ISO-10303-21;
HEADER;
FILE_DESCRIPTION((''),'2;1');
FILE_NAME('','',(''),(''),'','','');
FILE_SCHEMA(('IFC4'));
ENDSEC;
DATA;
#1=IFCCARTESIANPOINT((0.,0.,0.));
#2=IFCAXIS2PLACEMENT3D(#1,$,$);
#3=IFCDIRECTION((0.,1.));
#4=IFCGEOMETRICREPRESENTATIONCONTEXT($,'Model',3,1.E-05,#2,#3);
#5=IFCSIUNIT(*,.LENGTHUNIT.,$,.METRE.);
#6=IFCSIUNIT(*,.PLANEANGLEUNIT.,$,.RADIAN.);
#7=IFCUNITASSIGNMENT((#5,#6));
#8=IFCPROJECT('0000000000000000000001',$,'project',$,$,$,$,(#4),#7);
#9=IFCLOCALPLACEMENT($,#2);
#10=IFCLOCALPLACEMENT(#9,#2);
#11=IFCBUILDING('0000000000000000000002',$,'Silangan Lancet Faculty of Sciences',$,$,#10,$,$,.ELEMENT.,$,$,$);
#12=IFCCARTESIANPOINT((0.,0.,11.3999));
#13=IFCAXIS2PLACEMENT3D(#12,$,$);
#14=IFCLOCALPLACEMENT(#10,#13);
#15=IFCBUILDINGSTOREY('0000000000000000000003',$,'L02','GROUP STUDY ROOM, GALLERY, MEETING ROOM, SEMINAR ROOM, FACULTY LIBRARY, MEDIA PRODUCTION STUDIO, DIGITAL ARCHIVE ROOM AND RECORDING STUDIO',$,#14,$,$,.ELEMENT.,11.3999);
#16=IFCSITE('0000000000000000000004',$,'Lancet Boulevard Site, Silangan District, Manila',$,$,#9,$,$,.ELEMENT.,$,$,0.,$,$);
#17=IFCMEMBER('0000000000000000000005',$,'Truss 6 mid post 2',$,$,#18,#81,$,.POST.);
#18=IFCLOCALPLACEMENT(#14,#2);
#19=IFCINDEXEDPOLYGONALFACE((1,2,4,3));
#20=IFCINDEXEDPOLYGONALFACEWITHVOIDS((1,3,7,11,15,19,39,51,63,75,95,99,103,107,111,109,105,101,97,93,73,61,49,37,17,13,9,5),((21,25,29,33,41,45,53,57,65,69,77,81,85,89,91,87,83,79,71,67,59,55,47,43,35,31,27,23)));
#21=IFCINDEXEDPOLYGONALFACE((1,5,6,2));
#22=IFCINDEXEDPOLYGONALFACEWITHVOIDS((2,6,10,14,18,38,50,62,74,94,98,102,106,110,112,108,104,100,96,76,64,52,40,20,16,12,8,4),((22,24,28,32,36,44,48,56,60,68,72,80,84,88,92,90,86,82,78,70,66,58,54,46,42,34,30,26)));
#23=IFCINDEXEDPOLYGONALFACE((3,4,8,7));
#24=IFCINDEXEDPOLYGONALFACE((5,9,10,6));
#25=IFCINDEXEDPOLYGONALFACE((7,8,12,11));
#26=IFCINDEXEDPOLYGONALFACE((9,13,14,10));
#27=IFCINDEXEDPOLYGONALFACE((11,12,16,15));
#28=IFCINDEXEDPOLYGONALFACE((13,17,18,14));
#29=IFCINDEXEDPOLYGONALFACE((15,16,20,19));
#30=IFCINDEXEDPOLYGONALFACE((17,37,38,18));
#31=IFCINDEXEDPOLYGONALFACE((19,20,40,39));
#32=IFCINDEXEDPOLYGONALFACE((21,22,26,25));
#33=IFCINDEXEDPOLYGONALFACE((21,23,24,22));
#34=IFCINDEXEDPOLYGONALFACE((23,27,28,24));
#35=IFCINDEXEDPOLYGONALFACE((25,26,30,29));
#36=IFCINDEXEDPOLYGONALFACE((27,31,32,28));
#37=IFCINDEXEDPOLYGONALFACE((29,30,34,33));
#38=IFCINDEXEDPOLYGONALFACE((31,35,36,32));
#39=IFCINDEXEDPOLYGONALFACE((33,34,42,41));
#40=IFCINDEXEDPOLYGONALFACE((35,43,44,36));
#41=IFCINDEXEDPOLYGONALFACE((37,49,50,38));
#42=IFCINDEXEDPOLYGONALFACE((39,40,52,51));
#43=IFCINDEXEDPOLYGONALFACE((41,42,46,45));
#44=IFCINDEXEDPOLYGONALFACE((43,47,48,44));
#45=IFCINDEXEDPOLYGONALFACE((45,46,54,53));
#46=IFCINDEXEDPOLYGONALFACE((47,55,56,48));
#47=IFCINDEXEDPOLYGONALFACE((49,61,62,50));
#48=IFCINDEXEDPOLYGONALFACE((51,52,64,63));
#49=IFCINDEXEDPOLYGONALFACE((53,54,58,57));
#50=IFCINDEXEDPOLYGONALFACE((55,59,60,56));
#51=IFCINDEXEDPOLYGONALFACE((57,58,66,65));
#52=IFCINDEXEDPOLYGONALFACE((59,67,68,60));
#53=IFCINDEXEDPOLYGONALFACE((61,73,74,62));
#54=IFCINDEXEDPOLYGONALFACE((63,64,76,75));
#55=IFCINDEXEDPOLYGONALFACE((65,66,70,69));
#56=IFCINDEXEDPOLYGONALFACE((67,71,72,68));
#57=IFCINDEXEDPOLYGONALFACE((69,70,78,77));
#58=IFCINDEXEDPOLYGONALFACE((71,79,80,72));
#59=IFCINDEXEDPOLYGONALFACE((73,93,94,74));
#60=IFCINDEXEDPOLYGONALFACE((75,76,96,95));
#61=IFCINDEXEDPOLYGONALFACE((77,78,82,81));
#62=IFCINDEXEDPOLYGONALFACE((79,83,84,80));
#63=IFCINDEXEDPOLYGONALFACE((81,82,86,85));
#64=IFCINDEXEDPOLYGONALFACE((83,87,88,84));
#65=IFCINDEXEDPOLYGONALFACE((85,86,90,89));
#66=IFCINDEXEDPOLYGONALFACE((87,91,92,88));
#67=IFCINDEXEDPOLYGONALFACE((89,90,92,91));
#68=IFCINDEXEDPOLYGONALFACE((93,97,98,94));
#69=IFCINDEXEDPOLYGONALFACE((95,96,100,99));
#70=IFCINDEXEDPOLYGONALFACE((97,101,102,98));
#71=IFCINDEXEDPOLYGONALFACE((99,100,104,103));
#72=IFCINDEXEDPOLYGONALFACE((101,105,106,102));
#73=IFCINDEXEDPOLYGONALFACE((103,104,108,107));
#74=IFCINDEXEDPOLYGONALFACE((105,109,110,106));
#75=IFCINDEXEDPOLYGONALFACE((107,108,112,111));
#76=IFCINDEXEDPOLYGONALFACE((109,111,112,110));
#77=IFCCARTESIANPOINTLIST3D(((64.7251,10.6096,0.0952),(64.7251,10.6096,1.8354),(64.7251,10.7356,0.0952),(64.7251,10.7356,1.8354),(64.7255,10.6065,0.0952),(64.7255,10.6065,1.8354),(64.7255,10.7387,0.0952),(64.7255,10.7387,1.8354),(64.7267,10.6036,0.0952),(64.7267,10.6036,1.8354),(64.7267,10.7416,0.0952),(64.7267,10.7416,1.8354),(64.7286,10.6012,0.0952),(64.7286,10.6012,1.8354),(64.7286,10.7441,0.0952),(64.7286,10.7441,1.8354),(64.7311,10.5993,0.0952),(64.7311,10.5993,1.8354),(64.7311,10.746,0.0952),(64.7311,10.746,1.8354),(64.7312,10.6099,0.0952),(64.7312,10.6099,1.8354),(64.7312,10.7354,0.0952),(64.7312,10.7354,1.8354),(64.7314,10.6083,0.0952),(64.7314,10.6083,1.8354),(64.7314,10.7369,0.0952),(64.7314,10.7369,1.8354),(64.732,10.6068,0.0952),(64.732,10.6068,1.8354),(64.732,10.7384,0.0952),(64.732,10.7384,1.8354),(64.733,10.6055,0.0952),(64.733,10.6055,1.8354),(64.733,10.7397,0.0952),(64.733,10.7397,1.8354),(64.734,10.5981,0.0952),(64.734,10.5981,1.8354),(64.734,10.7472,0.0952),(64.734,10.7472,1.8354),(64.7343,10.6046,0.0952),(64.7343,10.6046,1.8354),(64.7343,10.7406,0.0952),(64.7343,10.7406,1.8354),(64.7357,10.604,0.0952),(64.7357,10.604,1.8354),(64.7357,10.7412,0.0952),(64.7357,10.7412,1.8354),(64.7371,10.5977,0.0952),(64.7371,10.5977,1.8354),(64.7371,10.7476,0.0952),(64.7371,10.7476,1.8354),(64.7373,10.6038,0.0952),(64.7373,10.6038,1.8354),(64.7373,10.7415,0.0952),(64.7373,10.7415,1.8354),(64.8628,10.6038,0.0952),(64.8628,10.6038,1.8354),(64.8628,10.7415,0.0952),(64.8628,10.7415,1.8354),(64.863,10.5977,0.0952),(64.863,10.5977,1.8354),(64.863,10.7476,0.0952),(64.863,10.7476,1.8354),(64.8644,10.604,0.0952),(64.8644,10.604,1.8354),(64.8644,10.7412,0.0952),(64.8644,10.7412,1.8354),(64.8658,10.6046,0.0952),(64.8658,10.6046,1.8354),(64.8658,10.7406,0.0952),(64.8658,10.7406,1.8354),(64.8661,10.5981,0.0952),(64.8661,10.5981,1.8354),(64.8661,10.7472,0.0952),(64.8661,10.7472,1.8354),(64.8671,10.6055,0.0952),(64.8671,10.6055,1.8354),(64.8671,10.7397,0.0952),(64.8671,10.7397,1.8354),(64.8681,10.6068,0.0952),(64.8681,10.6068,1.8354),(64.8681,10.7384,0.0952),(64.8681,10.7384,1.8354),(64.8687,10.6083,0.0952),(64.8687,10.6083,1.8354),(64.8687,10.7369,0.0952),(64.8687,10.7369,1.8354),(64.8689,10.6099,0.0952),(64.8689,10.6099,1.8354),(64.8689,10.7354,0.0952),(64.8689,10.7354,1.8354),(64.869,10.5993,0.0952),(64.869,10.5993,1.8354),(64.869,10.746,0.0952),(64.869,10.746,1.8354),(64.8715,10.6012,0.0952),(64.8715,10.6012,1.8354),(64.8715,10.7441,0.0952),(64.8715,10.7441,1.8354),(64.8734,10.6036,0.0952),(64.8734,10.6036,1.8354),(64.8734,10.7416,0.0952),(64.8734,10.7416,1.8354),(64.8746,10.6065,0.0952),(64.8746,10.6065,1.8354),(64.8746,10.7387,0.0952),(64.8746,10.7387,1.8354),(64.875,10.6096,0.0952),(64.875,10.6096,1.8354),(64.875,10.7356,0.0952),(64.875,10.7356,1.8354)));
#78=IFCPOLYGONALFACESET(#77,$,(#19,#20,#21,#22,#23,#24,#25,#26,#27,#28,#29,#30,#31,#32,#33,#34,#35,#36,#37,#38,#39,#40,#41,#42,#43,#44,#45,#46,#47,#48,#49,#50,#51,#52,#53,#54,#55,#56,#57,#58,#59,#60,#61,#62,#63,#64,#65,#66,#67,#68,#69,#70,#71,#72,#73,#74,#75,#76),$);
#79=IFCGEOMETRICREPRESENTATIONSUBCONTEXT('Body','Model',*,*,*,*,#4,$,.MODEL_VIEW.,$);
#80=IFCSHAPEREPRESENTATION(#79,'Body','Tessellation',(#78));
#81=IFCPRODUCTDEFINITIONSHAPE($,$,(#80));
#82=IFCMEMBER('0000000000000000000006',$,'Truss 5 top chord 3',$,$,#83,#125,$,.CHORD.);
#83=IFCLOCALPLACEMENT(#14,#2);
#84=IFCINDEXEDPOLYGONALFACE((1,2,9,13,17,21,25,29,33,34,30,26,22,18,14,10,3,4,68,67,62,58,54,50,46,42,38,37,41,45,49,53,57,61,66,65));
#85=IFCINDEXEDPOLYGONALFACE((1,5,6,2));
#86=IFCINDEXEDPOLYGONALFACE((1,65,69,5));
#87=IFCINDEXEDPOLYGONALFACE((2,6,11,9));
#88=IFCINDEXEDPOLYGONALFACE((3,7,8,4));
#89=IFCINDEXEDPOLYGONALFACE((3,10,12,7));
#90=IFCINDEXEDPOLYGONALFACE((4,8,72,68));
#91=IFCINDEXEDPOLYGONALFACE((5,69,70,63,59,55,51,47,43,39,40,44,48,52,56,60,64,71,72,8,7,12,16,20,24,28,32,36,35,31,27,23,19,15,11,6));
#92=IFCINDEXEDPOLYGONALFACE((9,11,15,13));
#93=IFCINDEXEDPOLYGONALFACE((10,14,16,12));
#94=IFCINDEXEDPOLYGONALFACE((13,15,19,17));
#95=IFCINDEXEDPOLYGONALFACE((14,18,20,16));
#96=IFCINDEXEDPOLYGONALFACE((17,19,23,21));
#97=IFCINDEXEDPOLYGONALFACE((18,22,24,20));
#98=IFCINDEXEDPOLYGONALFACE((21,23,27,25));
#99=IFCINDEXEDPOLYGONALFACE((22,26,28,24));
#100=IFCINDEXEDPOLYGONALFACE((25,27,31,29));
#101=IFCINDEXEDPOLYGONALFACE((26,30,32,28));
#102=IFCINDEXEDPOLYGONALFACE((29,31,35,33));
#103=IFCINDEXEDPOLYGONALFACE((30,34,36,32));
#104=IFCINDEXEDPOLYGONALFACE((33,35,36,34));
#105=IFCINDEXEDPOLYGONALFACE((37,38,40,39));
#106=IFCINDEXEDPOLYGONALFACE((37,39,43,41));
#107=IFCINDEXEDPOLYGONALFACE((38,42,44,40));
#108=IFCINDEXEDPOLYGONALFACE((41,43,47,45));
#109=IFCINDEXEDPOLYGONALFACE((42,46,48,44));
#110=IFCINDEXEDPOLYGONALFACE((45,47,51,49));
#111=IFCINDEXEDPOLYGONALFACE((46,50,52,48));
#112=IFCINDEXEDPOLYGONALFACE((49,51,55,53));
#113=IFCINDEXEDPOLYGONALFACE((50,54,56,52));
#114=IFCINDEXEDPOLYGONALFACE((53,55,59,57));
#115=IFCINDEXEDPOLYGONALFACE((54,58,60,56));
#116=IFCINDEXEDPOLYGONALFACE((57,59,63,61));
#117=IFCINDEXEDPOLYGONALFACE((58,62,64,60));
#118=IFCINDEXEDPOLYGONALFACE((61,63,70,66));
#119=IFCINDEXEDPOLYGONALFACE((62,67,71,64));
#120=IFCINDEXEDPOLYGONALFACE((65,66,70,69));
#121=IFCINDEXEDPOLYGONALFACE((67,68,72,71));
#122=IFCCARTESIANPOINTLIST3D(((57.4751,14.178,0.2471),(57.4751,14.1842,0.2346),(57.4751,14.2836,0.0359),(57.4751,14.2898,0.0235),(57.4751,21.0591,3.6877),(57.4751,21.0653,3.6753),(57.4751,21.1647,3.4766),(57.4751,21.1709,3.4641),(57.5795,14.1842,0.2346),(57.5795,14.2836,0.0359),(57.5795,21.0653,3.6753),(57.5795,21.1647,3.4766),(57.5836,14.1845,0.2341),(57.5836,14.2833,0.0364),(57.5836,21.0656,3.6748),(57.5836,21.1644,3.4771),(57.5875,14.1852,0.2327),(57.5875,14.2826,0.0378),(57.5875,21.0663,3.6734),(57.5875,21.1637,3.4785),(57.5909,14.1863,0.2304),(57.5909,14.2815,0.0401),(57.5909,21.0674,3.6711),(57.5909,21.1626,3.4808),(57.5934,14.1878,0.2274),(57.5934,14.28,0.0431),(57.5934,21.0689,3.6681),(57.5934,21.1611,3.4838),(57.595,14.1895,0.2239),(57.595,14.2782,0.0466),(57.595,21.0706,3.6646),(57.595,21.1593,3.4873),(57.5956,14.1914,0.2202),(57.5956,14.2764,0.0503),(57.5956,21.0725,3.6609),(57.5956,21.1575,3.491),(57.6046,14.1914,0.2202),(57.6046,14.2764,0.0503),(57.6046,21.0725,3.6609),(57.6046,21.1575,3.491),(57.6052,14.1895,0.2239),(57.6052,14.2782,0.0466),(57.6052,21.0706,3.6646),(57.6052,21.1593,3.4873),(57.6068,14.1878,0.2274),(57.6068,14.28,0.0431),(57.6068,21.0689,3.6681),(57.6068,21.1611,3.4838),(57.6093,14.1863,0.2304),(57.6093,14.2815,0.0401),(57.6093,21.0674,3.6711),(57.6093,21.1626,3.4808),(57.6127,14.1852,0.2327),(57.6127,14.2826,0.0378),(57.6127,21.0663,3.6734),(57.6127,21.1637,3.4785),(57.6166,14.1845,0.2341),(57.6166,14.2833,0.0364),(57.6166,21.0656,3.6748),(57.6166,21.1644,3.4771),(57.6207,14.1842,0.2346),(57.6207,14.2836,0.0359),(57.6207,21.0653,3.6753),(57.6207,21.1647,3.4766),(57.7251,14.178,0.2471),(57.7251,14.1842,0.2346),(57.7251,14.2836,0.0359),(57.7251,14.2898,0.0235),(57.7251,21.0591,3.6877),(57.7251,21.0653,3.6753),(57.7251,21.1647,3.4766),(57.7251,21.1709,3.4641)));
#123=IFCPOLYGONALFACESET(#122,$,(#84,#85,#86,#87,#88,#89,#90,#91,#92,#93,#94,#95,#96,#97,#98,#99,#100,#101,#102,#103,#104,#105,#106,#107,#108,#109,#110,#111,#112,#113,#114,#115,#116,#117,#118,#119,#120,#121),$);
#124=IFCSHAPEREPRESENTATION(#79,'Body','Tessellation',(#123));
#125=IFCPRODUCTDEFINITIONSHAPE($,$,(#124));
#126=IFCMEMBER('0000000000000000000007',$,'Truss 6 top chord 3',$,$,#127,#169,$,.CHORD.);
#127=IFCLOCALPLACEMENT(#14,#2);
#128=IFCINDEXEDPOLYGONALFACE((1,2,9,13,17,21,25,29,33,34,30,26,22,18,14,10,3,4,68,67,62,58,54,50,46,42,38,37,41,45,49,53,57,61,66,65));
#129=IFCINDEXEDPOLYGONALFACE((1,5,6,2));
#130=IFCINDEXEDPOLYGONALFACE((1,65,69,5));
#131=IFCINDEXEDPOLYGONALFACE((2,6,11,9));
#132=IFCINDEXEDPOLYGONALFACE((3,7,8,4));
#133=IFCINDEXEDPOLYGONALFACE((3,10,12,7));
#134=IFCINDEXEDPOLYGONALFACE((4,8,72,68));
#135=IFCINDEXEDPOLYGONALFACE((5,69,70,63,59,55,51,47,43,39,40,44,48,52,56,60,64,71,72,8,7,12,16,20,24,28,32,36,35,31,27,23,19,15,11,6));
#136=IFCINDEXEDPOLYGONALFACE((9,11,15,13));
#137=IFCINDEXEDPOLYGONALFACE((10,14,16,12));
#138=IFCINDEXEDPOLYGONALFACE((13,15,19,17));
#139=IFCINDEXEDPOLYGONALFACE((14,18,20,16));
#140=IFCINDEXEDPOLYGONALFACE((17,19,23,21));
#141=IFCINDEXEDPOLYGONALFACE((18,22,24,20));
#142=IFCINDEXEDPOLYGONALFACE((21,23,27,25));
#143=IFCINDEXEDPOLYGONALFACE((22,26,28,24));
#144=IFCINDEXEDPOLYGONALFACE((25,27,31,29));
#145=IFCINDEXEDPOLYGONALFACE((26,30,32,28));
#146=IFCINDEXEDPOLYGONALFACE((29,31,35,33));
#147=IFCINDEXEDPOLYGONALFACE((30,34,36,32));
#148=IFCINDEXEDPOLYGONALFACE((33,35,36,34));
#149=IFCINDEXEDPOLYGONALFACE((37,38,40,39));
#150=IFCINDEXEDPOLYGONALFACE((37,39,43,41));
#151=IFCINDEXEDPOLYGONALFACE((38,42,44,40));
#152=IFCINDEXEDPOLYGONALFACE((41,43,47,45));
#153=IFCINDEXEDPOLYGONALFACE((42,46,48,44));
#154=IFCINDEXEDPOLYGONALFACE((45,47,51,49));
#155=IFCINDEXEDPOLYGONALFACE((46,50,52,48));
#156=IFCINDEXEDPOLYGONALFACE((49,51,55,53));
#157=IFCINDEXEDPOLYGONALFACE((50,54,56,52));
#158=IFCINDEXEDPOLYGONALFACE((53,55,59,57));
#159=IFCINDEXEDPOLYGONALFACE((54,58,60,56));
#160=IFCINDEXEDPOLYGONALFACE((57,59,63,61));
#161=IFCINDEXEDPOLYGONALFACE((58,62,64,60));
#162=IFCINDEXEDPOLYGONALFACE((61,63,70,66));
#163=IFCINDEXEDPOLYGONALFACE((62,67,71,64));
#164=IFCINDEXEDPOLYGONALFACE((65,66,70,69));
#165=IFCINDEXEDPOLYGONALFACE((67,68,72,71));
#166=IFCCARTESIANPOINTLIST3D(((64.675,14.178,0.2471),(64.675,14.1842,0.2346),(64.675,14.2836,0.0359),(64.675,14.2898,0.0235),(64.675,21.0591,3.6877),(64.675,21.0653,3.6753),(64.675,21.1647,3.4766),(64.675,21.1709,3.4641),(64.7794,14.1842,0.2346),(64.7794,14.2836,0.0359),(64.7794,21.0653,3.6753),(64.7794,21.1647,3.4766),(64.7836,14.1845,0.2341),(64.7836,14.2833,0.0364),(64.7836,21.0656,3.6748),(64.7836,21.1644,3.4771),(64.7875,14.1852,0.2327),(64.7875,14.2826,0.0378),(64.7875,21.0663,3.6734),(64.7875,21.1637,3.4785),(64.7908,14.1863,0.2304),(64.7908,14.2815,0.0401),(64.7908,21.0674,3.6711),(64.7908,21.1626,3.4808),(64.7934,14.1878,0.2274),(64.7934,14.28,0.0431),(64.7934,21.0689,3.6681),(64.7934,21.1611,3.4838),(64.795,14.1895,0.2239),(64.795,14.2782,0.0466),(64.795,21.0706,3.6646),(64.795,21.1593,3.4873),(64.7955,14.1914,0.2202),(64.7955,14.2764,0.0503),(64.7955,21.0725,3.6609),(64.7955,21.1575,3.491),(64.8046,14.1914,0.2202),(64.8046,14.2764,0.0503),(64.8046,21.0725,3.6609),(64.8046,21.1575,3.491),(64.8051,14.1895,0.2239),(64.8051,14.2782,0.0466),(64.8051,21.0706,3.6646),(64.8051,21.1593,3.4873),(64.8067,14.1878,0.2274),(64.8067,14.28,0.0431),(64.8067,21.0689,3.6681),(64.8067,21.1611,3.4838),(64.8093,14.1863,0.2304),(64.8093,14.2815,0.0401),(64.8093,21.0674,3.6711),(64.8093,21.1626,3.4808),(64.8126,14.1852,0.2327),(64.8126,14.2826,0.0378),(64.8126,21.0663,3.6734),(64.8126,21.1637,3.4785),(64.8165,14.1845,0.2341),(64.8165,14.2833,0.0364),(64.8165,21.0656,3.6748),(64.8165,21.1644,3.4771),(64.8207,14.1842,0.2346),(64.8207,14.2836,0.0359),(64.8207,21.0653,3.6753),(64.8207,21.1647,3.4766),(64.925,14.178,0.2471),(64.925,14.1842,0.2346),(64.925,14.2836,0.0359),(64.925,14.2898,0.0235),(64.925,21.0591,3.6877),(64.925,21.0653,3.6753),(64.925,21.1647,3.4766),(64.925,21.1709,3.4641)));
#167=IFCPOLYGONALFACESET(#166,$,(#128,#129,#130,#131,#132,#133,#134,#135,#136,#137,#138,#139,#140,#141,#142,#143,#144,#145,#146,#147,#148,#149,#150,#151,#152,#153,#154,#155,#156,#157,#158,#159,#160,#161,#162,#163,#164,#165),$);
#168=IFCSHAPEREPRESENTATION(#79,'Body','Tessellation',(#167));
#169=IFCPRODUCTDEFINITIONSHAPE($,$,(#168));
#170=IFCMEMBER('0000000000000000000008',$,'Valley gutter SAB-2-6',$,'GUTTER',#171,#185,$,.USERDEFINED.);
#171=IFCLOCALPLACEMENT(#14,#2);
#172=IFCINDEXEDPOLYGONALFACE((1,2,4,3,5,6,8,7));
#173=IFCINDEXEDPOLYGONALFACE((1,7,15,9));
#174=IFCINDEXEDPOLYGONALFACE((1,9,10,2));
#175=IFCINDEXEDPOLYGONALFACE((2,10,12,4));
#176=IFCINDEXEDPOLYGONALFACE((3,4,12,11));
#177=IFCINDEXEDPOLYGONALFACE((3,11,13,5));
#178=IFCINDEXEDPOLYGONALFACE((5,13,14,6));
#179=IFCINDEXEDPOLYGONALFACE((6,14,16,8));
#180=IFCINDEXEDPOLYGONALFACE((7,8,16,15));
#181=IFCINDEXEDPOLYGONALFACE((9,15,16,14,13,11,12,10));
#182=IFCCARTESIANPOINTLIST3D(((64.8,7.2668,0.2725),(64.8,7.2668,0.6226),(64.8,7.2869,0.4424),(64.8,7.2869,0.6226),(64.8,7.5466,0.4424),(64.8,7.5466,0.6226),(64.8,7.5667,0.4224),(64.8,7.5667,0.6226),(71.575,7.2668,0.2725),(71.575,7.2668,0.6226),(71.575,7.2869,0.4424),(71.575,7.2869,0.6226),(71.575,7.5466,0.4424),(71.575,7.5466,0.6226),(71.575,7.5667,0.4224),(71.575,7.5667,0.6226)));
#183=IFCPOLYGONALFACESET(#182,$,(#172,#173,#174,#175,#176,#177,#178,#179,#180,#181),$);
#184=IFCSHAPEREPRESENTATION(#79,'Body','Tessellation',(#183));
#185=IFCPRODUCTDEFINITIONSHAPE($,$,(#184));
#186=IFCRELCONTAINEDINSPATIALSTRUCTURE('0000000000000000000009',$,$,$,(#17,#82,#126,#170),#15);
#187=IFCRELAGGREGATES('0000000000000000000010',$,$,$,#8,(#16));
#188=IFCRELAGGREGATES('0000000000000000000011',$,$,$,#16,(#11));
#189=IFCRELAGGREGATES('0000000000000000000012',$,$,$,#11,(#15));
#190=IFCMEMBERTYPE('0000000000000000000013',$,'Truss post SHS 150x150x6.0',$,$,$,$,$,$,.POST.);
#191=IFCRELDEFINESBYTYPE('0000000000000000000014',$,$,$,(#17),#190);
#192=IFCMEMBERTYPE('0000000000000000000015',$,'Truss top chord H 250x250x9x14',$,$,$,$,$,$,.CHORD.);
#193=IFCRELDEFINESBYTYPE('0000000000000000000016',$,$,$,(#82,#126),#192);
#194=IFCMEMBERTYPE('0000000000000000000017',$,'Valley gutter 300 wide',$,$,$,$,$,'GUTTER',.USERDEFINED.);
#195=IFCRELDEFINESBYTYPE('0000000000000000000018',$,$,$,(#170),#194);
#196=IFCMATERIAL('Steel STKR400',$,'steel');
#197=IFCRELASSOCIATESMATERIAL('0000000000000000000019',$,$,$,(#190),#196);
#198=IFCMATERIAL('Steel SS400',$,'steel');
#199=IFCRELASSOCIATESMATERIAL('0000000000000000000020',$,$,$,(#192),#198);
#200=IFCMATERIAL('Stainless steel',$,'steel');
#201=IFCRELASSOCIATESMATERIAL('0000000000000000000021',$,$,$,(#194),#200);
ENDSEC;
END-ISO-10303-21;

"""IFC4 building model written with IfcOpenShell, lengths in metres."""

from ifc_helpers import new_model, si_unit, direction, frame, origin, origin_2d, place, context, subcontext, project, spatial, polyline, hollow_rectangle, i_section, outline, extrude, material, material_profile, profile_set, type_object, element, save


model = new_model("IFC4")

# Units and contexts
model_context = context("Model", 3, precision=1e-05, world=origin(), true_north=direction((0.0, 1.0)))
body_context = subcontext(model_context, "Body", "Model", "MODEL_VIEW")
ifc_project = project(units=[si_unit("LENGTHUNIT", "METRE"), si_unit("PLANEANGLEUNIT", "RADIAN")], contexts=[model_context])

# Site, building, storey
site_placement = place(None, origin())
site = spatial("IfcSite", under=ifc_project, at=site_placement, Name="Lancet Boulevard Site, Silangan District, Manila", CompositionType="ELEMENT", RefElevation=0.0)
building_placement = place(site_placement, origin())
building = spatial("IfcBuilding", under=site, at=building_placement, Name="Silangan Lancet Faculty of Sciences", CompositionType="ELEMENT")
storey_placement = place(building_placement, frame((0.0, 0.0, 11.3999)))
storey = spatial("IfcBuildingStorey", under=building, at=storey_placement, Name="L02", Description="GROUP STUDY ROOM, GALLERY, MEETING ROOM, SEMINAR ROOM, FACULTY LIBRARY, MEDIA PRODUCTION STUDIO, DIGITAL ARCHIVE ROOM AND RECORDING STUDIO", CompositionType="ELEMENT", Elevation=11.3999)

# Members
ifc_material_1 = material(Name="Steel STKR400", Category="steel")
ifc_material_profile_1 = material_profile(ifc_material_1, hollow_rectangle(XDim=0.1499, YDim=0.1499, WallThickness=0.0061, InnerFilletRadius=0.0061, OuterFilletRadius=0.012, at=origin_2d()), Name="SHS 150x150x6.0")
ifc_profile_set_1 = profile_set([ifc_material_profile_1], Name="Steel STKR400")
member_type_1 = type_object("IfcMemberType", Name="Truss post SHS 150x150x6.0", PredefinedType="POST", material=ifc_profile_set_1)
member_1_placement = place(storey_placement, frame((64.8, 10.6726, 0.0952), z_axis=(0.0, 0.0, 1.0), x_axis=(1.0, 0.0, 0.0)))
element("IfcMember", 1, at=member_1_placement, inside=storey, type_object=member_type_1, Name="Truss 6 mid post 2", PredefinedType="POST", context=body_context, shape_type="SweptSolid", body=[
    extrude(hollow_rectangle(XDim=0.1499, YDim=0.1499, WallThickness=0.0061, InnerFilletRadius=0.0061, OuterFilletRadius=0.012, at=origin_2d()), origin(), (0.0, 0.0, 1.0), 1.7402),
])
ifc_material_2 = material(Name="Steel SS400", Category="steel")
ifc_material_profile_2 = material_profile(ifc_material_2, i_section(OverallWidth=0.25, OverallDepth=0.25, WebThickness=0.009, FlangeThickness=0.0139, FilletRadius=0.0161, at=origin_2d()), Name="H 250x250x9x14")
ifc_profile_set_2 = profile_set([ifc_material_profile_2], Name="Steel SS400")
member_type_2 = type_object("IfcMemberType", Name="Truss top chord H 250x250x9x14", PredefinedType="CHORD", material=ifc_profile_set_2)
for number, where, z_axis, x_axis, name in (
    (2, (57.6001, 14.2339, 0.1353), (0.0, 0.894421, 0.447226), (-1.0, 0.0, 0.0), "Truss 5 top chord 3"),
    (3, (64.8, 14.2339, 0.1353), (0.0, 0.894421, 0.447226), (-1.0, 0.0, 0.0), "Truss 6 top chord 3"),
):
    element("IfcMember", number, at=place(storey_placement, frame(where, z_axis=z_axis, x_axis=x_axis)), inside=storey, type_object=member_type_2, Name=name, PredefinedType="CHORD", context=body_context, shape_type="SweptSolid", body=[
        extrude(i_section(OverallWidth=0.25, OverallDepth=0.25, WebThickness=0.009, FlangeThickness=0.0139, FilletRadius=0.0161, at=origin_2d()), origin(), (0.0, 0.0, 1.0), 7.6934),
    ])
ifc_material_3 = material(Name="Stainless steel", Category="steel")
ifc_material_profile_3 = material_profile(ifc_material_3, outline(polyline([(-0.1499, 0.0), (0.1499, 0.1499), (0.1499, 0.3501), (0.1299, 0.3501), (0.1299, 0.1699), (-0.1299, 0.1699), (-0.1299, 0.3501), (-0.1499, 0.3501), (-0.1499, 0.0)])), Name="valley gutter")
ifc_profile_set_3 = profile_set([ifc_material_profile_3], Name="Stainless steel")
member_type_3 = type_object("IfcMemberType", Name="Valley gutter 300 wide", ElementType="GUTTER", PredefinedType="USERDEFINED", material=ifc_profile_set_3)
member_2_placement = place(storey_placement, frame((64.8, 7.4167, 0.2725), z_axis=(1.0, 0.0, 0.0), x_axis=(0.0, 1.0, 0.0)))
element("IfcMember", 4, at=member_2_placement, inside=storey, type_object=member_type_3, Name="Valley gutter SAB-2-6", ObjectType="GUTTER", PredefinedType="USERDEFINED", context=body_context, shape_type="SweptSolid", body=[
    extrude(outline(polyline([(-0.1499, 0.0), (0.1499, 0.1499), (0.1499, 0.3501), (0.1299, 0.3501), (0.1299, 0.1699), (-0.1299, 0.1699), (-0.1299, 0.3501), (-0.1499, 0.3501), (-0.1499, 0.0)])), origin(), (0.0, 0.0, 1.0), 6.7749),
])

save(model, "model.ifc")
